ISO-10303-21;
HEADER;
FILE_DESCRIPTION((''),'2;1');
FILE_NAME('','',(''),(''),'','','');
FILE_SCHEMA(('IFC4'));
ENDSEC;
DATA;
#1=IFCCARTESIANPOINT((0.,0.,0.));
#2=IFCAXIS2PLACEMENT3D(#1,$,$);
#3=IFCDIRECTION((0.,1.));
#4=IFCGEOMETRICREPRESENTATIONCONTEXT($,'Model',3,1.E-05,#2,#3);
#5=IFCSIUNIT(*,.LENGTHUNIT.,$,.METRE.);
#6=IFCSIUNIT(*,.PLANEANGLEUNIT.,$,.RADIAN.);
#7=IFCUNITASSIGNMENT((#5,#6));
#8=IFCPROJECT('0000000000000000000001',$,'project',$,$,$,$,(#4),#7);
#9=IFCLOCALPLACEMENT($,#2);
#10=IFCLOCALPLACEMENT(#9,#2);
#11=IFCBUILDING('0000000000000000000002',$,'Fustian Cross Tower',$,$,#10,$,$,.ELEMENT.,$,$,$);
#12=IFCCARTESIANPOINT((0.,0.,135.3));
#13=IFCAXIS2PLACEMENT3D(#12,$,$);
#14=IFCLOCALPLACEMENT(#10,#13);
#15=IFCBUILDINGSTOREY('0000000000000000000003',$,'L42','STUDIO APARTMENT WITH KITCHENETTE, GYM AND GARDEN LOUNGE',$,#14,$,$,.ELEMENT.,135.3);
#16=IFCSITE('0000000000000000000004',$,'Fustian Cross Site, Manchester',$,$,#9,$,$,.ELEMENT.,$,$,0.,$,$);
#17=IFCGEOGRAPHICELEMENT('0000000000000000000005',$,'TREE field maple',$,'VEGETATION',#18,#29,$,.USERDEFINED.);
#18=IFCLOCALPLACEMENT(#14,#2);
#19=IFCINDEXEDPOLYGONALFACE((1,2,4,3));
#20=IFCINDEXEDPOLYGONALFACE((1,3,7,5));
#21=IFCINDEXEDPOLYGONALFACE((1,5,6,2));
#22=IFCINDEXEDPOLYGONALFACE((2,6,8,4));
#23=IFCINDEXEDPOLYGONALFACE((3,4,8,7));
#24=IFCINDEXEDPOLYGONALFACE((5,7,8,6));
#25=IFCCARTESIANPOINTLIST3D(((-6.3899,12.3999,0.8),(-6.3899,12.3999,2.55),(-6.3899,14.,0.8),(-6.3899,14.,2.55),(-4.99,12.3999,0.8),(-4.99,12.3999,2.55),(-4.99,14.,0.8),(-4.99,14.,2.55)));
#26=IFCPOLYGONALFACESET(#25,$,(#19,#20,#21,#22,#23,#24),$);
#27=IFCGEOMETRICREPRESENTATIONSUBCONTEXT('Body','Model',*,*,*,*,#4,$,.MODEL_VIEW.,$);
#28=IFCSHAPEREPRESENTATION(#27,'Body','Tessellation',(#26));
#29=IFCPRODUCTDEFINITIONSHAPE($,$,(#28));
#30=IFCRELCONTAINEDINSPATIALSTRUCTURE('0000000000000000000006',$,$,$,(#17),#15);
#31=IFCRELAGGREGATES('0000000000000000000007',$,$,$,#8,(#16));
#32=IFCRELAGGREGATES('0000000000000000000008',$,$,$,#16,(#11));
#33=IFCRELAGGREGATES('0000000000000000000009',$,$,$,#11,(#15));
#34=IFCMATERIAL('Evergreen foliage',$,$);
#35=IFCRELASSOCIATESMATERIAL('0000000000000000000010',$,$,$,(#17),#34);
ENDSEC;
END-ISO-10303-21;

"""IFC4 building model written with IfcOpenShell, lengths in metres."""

from ifc_helpers import new_model, si_unit, direction, frame, origin, origin_2d, place, context, subcontext, project, spatial, rectangle, extrude, material, element, save


model = new_model("IFC4")

# Units and contexts
model_context = context("Model", 3, precision=1e-05, world=origin(), true_north=direction((0.0, 1.0)))
body_context = subcontext(model_context, "Body", "Model", "MODEL_VIEW")
ifc_project = project(units=[si_unit("LENGTHUNIT", "METRE"), si_unit("PLANEANGLEUNIT", "RADIAN")], contexts=[model_context])

# Site, building, storey
site_placement = place(None, origin())
site = spatial("IfcSite", under=ifc_project, at=site_placement, Name="Fustian Cross Site, Manchester", CompositionType="ELEMENT", RefElevation=0.0)
building_placement = place(site_placement, origin())
building = spatial("IfcBuilding", under=site, at=building_placement, Name="Fustian Cross Tower", CompositionType="ELEMENT")
storey_placement = place(building_placement, frame((0.0, 0.0, 135.3)))
storey = spatial("IfcBuildingStorey", under=building, at=storey_placement, Name="L42", Description="STUDIO APARTMENT WITH KITCHENETTE, GYM AND GARDEN LOUNGE", CompositionType="ELEMENT", Elevation=135.3)

# Geographic element
ifc_material_1 = material(Name="Evergreen foliage")
geographic_element_placement = place(storey_placement, frame((-5.6899, 13.2, 0.8), z_axis=(0.0, 0.0, 1.0), x_axis=(1.0, 0.0, 0.0)))
element("IfcGeographicElement", 1, at=geographic_element_placement, inside=storey, material=ifc_material_1, Name="TREE field maple", ObjectType="VEGETATION", PredefinedType="USERDEFINED", context=body_context, shape_type="SweptSolid", body=[
    extrude(rectangle(XDim=1.3999, YDim=1.6001, at=origin_2d()), origin(), (0.0, 0.0, 1.0), 1.75),
])

save(model, "model.ifc")
